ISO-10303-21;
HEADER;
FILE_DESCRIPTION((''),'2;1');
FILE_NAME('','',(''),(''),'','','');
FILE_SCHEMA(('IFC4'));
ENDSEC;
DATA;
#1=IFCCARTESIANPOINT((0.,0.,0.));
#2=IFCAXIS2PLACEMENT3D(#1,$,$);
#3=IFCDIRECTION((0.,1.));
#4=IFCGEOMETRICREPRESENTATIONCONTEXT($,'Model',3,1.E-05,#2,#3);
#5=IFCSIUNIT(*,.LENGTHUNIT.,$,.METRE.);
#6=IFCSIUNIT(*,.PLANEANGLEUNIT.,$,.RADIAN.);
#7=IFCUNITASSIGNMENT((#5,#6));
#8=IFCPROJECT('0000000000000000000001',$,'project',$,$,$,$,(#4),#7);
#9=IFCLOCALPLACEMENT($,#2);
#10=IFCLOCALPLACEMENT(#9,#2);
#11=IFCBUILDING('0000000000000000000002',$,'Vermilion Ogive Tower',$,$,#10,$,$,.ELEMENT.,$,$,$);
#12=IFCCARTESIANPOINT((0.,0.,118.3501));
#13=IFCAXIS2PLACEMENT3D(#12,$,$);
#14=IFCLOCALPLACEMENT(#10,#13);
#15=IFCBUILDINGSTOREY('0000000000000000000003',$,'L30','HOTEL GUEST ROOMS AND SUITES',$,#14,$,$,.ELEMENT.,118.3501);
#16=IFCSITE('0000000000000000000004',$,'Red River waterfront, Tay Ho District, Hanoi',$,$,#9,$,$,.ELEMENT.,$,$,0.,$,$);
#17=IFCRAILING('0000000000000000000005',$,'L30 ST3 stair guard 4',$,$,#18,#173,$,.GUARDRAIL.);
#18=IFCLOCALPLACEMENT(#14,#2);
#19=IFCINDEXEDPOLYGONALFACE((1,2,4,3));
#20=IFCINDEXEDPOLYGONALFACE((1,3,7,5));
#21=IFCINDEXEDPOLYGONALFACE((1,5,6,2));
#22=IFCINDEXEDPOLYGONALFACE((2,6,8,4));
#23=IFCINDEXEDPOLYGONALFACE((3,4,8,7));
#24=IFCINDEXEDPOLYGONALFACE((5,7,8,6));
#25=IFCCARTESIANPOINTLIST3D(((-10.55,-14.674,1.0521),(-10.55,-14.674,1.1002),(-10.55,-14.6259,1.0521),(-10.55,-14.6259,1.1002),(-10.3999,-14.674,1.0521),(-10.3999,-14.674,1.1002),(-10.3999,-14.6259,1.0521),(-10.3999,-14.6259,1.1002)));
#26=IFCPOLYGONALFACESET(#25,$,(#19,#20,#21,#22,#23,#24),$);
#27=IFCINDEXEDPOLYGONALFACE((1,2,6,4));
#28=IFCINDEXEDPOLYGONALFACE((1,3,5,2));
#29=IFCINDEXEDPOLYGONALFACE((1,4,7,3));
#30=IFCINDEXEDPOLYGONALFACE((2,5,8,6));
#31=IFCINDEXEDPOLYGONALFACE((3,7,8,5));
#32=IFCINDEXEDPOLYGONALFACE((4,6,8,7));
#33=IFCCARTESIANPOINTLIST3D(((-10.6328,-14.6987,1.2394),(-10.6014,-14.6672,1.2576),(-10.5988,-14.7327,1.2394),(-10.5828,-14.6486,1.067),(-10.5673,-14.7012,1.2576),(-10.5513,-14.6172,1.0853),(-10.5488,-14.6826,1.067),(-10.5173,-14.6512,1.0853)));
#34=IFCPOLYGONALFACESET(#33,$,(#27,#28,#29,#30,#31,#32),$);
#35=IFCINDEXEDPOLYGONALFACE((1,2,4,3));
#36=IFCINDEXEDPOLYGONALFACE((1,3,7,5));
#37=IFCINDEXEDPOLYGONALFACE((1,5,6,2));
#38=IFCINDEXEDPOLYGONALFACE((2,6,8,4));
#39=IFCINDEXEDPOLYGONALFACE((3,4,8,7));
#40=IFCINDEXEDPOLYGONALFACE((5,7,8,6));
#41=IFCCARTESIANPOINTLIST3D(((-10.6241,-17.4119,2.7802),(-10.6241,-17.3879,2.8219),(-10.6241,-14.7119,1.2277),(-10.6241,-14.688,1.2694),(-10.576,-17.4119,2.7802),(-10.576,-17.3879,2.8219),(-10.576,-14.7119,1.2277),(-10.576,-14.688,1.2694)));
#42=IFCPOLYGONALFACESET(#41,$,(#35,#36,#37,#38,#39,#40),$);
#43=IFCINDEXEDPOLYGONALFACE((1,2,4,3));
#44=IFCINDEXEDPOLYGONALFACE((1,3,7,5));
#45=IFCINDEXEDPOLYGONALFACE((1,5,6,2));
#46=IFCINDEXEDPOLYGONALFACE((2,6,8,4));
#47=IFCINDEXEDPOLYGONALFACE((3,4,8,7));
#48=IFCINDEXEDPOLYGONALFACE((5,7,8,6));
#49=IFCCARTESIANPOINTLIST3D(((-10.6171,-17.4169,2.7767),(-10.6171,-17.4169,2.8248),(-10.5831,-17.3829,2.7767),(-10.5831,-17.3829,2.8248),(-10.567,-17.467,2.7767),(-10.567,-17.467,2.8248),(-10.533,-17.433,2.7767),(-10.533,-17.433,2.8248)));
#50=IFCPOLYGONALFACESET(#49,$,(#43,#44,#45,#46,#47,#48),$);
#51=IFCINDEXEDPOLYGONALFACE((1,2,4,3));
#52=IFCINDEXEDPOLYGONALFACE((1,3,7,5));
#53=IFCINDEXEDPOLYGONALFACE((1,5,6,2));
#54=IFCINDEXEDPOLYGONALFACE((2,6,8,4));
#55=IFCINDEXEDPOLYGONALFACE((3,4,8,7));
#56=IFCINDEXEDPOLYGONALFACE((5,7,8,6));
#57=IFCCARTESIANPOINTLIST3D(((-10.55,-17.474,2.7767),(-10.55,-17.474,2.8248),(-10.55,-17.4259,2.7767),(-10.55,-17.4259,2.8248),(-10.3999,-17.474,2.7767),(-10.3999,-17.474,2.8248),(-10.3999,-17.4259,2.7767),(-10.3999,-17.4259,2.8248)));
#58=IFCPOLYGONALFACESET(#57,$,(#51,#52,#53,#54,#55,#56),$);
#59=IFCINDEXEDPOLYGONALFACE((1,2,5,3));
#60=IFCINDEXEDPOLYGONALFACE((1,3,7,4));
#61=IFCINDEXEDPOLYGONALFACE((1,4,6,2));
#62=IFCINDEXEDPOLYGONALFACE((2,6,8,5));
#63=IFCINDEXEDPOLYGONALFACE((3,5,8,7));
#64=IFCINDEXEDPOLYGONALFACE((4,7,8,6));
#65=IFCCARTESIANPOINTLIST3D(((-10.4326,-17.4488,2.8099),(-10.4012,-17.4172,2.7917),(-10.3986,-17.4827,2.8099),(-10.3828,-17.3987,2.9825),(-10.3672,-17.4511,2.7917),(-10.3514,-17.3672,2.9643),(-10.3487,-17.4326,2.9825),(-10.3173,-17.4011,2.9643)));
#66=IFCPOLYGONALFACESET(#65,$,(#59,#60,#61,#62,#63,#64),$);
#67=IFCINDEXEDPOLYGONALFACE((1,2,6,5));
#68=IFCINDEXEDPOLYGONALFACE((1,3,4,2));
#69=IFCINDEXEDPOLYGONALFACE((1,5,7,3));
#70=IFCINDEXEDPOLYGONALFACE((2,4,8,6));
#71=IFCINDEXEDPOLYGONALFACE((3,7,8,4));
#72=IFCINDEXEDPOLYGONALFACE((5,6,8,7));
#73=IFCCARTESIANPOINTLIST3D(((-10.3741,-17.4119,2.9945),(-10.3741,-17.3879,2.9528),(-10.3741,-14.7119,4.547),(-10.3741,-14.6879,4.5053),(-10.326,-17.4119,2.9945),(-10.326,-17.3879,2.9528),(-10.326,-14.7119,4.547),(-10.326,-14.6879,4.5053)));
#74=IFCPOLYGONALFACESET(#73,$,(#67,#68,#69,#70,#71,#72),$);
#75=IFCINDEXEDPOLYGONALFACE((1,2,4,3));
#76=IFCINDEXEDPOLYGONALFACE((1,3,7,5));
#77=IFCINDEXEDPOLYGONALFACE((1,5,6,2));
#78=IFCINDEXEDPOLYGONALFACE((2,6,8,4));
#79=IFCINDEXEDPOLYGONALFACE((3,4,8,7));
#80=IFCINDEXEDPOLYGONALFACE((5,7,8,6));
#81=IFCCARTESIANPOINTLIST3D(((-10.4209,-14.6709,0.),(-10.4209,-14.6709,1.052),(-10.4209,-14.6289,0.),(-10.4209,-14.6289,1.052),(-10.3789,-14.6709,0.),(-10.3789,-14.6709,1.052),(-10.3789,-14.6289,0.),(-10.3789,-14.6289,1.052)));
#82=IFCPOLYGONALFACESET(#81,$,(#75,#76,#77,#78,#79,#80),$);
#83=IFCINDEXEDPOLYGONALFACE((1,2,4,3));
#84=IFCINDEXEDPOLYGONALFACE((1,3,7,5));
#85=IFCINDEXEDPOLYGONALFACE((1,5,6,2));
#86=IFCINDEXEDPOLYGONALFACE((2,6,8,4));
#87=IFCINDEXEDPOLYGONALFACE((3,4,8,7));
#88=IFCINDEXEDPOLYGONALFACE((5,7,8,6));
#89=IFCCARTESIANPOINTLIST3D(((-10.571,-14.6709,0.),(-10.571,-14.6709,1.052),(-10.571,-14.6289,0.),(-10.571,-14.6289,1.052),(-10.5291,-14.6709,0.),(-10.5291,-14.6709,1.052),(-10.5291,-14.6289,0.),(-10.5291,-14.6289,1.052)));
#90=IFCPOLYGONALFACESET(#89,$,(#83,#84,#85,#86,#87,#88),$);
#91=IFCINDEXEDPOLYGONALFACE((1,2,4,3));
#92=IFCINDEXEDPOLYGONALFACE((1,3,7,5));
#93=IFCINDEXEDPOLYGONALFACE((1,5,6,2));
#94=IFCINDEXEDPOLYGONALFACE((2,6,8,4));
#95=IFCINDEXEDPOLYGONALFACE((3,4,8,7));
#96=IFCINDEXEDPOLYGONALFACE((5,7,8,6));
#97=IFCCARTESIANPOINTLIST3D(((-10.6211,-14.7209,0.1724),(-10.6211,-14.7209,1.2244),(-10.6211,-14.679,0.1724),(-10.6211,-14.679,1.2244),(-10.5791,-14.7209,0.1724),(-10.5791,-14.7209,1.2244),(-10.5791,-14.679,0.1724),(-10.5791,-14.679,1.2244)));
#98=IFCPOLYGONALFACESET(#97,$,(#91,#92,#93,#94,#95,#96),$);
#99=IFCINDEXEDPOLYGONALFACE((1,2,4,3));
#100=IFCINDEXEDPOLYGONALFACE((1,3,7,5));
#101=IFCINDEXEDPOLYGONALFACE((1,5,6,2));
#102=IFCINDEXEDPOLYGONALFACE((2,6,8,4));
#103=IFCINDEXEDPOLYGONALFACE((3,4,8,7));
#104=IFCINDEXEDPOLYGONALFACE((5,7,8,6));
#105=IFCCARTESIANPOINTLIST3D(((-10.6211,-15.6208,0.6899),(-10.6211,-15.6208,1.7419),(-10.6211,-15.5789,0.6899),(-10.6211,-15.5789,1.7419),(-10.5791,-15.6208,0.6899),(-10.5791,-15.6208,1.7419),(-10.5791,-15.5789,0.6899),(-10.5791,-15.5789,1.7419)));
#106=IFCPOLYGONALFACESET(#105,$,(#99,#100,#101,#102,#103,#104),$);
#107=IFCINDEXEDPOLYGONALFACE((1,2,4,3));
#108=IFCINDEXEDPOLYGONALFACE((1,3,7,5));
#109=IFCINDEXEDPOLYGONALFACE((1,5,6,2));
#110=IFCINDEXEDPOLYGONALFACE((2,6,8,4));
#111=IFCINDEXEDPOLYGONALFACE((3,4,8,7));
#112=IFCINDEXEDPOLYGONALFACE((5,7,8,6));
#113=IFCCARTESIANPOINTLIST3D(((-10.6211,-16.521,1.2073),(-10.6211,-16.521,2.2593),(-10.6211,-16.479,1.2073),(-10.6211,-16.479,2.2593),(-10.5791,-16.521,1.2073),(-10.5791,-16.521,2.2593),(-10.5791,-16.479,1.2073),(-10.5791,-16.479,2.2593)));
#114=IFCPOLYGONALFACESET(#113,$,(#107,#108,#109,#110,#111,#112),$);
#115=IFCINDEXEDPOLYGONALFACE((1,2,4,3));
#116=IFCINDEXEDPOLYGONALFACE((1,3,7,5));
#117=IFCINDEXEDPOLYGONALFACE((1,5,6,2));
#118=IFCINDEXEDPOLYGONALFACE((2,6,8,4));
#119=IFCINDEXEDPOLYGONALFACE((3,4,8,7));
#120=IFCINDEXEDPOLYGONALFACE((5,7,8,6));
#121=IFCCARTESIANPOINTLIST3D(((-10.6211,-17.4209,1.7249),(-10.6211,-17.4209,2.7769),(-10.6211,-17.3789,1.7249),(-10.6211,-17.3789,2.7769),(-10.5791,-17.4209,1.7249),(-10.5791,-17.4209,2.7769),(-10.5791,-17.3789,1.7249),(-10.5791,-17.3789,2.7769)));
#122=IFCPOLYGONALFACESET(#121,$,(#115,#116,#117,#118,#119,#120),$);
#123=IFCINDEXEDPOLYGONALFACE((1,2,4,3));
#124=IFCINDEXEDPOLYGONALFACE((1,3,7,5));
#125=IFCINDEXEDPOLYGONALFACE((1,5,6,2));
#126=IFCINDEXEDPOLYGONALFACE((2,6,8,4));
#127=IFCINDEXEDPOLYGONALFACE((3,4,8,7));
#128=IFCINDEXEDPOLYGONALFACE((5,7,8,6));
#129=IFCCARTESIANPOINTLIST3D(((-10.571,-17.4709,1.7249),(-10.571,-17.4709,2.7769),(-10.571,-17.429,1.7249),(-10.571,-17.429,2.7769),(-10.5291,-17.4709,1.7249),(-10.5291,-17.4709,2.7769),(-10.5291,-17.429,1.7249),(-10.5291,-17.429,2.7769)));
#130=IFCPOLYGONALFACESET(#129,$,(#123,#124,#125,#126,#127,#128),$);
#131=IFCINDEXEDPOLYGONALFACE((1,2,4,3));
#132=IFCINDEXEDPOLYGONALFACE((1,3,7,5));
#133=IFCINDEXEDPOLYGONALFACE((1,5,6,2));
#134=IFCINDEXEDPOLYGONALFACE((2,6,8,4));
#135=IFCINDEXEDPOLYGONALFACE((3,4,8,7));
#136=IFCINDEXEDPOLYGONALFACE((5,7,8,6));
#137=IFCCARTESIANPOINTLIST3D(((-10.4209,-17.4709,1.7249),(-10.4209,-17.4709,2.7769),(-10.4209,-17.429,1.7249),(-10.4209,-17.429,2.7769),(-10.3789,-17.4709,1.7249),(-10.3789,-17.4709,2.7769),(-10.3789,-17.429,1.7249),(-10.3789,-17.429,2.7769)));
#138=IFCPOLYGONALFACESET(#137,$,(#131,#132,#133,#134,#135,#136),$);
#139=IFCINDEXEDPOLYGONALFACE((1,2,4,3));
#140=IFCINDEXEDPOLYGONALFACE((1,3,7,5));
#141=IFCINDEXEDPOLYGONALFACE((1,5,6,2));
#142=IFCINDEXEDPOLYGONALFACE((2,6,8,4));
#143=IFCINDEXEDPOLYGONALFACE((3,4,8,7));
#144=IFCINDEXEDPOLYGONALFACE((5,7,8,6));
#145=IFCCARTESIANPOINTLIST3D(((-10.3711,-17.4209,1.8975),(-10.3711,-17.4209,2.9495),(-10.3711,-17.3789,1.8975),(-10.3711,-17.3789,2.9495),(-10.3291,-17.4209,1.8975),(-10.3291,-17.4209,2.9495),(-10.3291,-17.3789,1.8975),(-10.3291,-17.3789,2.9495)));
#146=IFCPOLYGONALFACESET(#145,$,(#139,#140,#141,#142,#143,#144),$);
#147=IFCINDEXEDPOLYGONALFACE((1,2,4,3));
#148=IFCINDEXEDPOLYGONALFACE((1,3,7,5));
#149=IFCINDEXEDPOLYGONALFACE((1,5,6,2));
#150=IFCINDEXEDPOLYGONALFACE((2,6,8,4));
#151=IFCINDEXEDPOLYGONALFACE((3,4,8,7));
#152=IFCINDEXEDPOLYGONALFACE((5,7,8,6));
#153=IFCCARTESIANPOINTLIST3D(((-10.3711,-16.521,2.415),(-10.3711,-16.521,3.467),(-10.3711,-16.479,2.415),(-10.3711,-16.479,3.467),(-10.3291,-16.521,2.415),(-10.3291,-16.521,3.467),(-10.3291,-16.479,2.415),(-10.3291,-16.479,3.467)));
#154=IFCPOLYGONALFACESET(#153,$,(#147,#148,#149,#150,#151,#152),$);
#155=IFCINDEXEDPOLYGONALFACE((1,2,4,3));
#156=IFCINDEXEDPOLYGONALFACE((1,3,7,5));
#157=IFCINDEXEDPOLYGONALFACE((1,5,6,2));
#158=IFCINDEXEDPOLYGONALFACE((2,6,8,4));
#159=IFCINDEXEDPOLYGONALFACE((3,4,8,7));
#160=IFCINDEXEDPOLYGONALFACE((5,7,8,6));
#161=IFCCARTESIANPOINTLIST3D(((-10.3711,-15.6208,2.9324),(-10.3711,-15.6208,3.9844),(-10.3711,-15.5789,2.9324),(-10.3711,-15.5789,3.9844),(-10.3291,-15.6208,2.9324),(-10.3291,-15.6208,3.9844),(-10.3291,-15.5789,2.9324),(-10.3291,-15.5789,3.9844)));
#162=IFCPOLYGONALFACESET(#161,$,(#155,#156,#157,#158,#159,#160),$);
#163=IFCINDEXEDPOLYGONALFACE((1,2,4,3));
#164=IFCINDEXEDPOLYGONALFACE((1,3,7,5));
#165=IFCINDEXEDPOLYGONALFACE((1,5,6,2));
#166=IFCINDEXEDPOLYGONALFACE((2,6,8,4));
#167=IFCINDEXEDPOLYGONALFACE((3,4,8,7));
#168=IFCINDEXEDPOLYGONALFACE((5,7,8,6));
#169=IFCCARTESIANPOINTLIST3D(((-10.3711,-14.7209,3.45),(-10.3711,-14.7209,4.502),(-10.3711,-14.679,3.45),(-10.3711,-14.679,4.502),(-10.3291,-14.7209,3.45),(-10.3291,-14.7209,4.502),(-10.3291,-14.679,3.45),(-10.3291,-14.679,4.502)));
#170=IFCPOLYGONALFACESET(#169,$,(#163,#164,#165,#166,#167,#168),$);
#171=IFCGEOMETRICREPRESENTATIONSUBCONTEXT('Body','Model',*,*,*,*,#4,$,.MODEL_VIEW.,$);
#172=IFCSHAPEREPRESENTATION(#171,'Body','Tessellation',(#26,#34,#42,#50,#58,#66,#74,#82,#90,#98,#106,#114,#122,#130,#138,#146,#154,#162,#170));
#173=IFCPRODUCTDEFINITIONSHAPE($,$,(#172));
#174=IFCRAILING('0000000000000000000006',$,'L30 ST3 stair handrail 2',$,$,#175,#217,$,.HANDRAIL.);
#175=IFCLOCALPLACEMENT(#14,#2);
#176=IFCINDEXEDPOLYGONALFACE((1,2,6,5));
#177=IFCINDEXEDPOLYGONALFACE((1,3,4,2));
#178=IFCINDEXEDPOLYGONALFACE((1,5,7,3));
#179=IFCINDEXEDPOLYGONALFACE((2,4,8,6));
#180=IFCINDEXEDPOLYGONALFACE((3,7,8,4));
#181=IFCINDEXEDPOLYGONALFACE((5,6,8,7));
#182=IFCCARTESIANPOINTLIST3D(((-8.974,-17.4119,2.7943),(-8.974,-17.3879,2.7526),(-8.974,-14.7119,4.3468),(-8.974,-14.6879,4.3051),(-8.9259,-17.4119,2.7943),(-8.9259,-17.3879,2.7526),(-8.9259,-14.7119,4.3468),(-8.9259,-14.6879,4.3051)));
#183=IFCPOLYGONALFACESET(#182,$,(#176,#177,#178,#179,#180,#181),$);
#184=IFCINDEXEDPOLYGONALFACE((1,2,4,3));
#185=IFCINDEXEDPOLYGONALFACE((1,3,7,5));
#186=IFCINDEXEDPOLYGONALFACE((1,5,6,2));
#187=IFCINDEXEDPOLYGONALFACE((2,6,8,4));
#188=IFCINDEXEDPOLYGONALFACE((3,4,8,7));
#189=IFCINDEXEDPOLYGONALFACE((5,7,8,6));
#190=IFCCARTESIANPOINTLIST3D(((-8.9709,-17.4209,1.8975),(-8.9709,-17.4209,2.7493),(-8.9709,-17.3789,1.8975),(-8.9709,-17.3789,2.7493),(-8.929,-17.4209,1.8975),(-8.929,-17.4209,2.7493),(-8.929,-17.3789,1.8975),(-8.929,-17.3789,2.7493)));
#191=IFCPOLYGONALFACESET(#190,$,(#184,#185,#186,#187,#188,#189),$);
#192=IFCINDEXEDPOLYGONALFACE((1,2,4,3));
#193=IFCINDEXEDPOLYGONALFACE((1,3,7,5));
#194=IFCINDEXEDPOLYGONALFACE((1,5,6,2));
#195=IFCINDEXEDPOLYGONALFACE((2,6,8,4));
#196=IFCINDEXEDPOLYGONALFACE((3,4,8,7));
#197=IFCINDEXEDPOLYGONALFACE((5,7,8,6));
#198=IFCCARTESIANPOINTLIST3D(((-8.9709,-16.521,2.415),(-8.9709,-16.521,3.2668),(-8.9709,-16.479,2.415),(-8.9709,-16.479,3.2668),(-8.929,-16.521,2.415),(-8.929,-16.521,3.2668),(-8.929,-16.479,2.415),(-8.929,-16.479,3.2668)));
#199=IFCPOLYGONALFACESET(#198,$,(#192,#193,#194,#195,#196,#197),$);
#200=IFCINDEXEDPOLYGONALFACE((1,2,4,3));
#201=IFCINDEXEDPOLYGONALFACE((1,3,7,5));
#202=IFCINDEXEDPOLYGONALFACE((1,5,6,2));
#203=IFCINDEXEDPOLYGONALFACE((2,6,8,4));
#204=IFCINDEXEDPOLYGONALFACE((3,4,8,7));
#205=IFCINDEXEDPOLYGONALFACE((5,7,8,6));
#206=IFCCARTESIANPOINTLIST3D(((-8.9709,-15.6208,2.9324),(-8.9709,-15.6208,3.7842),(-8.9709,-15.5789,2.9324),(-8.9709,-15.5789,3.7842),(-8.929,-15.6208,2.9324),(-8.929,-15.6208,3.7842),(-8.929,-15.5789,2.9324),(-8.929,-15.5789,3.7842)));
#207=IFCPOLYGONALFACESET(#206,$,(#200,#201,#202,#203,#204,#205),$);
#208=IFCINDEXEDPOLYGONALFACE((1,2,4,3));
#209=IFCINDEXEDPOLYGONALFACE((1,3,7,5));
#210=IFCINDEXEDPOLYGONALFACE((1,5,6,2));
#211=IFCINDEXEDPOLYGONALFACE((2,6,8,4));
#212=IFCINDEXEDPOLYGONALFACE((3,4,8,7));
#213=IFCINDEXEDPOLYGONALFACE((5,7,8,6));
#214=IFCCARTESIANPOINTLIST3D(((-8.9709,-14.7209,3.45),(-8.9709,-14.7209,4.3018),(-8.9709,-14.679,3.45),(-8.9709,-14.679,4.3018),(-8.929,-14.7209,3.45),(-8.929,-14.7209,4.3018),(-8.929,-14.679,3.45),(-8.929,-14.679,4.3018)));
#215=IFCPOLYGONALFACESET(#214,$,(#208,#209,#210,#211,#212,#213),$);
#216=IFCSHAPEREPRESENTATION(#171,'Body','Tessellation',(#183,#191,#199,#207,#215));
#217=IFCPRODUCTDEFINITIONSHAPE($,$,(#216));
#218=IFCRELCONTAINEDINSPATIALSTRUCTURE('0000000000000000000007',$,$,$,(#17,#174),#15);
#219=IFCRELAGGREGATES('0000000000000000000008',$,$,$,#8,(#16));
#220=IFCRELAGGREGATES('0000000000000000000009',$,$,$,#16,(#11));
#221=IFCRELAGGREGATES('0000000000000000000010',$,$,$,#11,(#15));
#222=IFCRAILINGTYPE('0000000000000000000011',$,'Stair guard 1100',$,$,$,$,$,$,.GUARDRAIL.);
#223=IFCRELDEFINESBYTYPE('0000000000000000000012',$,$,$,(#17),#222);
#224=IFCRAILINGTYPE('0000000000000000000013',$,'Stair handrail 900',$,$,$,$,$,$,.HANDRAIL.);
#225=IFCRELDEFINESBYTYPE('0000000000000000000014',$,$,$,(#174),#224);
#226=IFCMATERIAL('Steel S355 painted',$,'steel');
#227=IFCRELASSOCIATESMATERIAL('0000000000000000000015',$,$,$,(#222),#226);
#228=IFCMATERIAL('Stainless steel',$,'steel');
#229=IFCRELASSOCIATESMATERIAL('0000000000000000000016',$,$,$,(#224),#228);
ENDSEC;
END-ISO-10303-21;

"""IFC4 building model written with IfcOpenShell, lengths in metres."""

from ifc_helpers import new_model, si_unit, direction, frame, origin, origin_2d, place, context, subcontext, project, spatial, rectangle, extrude, material, type_object, element, save


model = new_model("IFC4")

# Units and contexts
model_context = context("Model", 3, precision=1e-05, world=origin(), true_north=direction((0.0, 1.0)))
body_context = subcontext(model_context, "Body", "Model", "MODEL_VIEW")
ifc_project = project(units=[si_unit("LENGTHUNIT", "METRE"), si_unit("PLANEANGLEUNIT", "RADIAN")], contexts=[model_context])

# Site, building, storey
site_placement = place(None, origin())
site = spatial("IfcSite", under=ifc_project, at=site_placement, Name="Red River waterfront, Tay Ho District, Hanoi", CompositionType="ELEMENT", RefElevation=0.0)
building_placement = place(site_placement, origin())
building = spatial("IfcBuilding", under=site, at=building_placement, Name="Vermilion Ogive Tower", CompositionType="ELEMENT")
storey_placement = place(building_placement, frame((0.0, 0.0, 118.3501)))
storey = spatial("IfcBuildingStorey", under=building, at=storey_placement, Name="L30", Description="HOTEL GUEST ROOMS AND SUITES", CompositionType="ELEMENT", Elevation=118.3501)

# Railings
ifc_material_1 = material(Name="Steel S355 painted", Category="steel")
railing_type_1 = type_object("IfcRailingType", Name="Stair guard 1100", PredefinedType="GUARDRAIL", material=ifc_material_1)
railing_1_placement = place(storey_placement, frame((-10.3999, -14.6499, 0.0)))
element("IfcRailing", 1, at=railing_1_placement, inside=storey, type_object=railing_type_1, Name="L30 ST3 stair guard 4", PredefinedType="GUARDRAIL", context=body_context, shape_type="SweptSolid", body=[
    extrude(rectangle(XDim=0.0481, YDim=0.0481, at=origin_2d()), frame((0.0, 0.0, 1.0762), z_axis=(-1.0, 0.0, 0.0), x_axis=(0.0, -1.0, 0.0)), (0.0, 0.0, 1.0), 0.1501),
    extrude(rectangle(XDim=0.0481, YDim=0.0481, at=origin_2d()), frame((-0.1501, 0.0, 1.0762), z_axis=(-0.268603, -0.268603, 0.925043), x_axis=(0.707107, -0.707107, 0.0)), (0.0, 0.0, 1.0), 0.1863),
    extrude(rectangle(XDim=0.0481, YDim=0.0481, at=origin_2d()), frame((-0.2002, -0.05, 1.2485), z_axis=(0.0, -0.866904, 0.498476), x_axis=(1.0, 0.0, 0.0)), (0.0, 0.0, 1.0), 3.1145),
    extrude(rectangle(XDim=0.0481, YDim=0.0481, at=origin_2d()), frame((-0.2002, -2.75, 2.8008), z_axis=(0.707107, -0.707107, 0.0), x_axis=(0.707107, 0.707107, 0.0)), (0.0, 0.0, 1.0), 0.0708),
    extrude(rectangle(XDim=0.0481, YDim=0.0481, at=origin_2d()), frame((-0.1501, -2.8, 2.8008), z_axis=(1.0, 0.0, 0.0), x_axis=(0.0, 1.0, 0.0)), (0.0, 0.0, 1.0), 0.1501),
    extrude(rectangle(XDim=0.0481, YDim=0.0481, at=origin_2d()), frame((0.0, -2.8, 2.8008), z_axis=(0.267063, 0.268372, 0.925556), x_axis=(-0.708834, 0.705376, 0.0)), (0.0, 0.0, 1.0), 0.1865),
    extrude(rectangle(XDim=0.0481, YDim=0.0481, at=origin_2d()), frame((0.0498, -2.75, 2.9736), z_axis=(0.0, 0.866904, 0.498476), x_axis=(-1.0, 0.0, 0.0)), (0.0, 0.0, 1.0), 3.1145),
    extrude(rectangle(XDim=0.042, YDim=0.042, at=origin_2d()), origin(), (0.0, 0.0, 1.0), 1.052),
    extrude(rectangle(XDim=0.042, YDim=0.042, at=origin_2d()), frame((-0.1501, 0.0, 0.0)), (0.0, 0.0, 1.0), 1.052),
    extrude(rectangle(XDim=0.042, YDim=0.042, at=origin_2d()), frame((-0.2002, -0.05, 0.1724)), (0.0, 0.0, 1.0), 1.052),
    extrude(rectangle(XDim=0.042, YDim=0.042, at=origin_2d()), frame((-0.2002, -0.95, 0.6899)), (0.0, 0.0, 1.0), 1.052),
    extrude(rectangle(XDim=0.042, YDim=0.042, at=origin_2d()), frame((-0.2002, -1.8501, 1.2073)), (0.0, 0.0, 1.0), 1.052),
    extrude(rectangle(XDim=0.042, YDim=0.042, at=origin_2d()), frame((-0.2002, -2.75, 1.7249)), (0.0, 0.0, 1.0), 1.052),
    extrude(rectangle(XDim=0.042, YDim=0.042, at=origin_2d()), frame((-0.1501, -2.8, 1.7249)), (0.0, 0.0, 1.0), 1.052),
    extrude(rectangle(XDim=0.042, YDim=0.042, at=origin_2d()), frame((0.0, -2.8, 1.7249)), (0.0, 0.0, 1.0), 1.052),
    extrude(rectangle(XDim=0.042, YDim=0.042, at=origin_2d()), frame((0.0498, -2.75, 1.8975)), (0.0, 0.0, 1.0), 1.052),
    extrude(rectangle(XDim=0.042, YDim=0.042, at=origin_2d()), frame((0.0498, -1.8501, 2.415)), (0.0, 0.0, 1.0), 1.052),
    extrude(rectangle(XDim=0.042, YDim=0.042, at=origin_2d()), frame((0.0498, -0.95, 2.9324)), (0.0, 0.0, 1.0), 1.052),
    extrude(rectangle(XDim=0.042, YDim=0.042, at=origin_2d()), frame((0.0498, -0.05, 3.45)), (0.0, 0.0, 1.0), 1.052),
])
ifc_material_2 = material(Name="Stainless steel", Category="steel")
railing_type_2 = type_object("IfcRailingType", Name="Stair handrail 900", PredefinedType="HANDRAIL", material=ifc_material_2)
railing_2_placement = place(storey_placement, frame((-8.95, -17.3999, 1.8975)))
element("IfcRailing", 2, at=railing_2_placement, inside=storey, type_object=railing_type_2, Name="L30 ST3 stair handrail 2", PredefinedType="HANDRAIL", context=body_context, shape_type="SweptSolid", body=[
    extrude(rectangle(XDim=0.0481, YDim=0.0481, at=origin_2d()), frame((0.0, 0.0, 0.876), z_axis=(0.0, 0.866904, 0.498476), x_axis=(-1.0, 0.0, 0.0)), (0.0, 0.0, 1.0), 3.1145),
    extrude(rectangle(XDim=0.042, YDim=0.042, at=origin_2d()), origin(), (0.0, 0.0, 1.0), 0.8518),
    extrude(rectangle(XDim=0.042, YDim=0.042, at=origin_2d()), frame((0.0, 0.8999, 0.5176)), (0.0, 0.0, 1.0), 0.8518),
    extrude(rectangle(XDim=0.042, YDim=0.042, at=origin_2d()), frame((0.0, 1.8, 1.0349)), (0.0, 0.0, 1.0), 0.8518),
    extrude(rectangle(XDim=0.042, YDim=0.042, at=origin_2d()), frame((0.0, 2.7, 1.5525)), (0.0, 0.0, 1.0), 0.8518),
])

save(model, "model.ifc")
